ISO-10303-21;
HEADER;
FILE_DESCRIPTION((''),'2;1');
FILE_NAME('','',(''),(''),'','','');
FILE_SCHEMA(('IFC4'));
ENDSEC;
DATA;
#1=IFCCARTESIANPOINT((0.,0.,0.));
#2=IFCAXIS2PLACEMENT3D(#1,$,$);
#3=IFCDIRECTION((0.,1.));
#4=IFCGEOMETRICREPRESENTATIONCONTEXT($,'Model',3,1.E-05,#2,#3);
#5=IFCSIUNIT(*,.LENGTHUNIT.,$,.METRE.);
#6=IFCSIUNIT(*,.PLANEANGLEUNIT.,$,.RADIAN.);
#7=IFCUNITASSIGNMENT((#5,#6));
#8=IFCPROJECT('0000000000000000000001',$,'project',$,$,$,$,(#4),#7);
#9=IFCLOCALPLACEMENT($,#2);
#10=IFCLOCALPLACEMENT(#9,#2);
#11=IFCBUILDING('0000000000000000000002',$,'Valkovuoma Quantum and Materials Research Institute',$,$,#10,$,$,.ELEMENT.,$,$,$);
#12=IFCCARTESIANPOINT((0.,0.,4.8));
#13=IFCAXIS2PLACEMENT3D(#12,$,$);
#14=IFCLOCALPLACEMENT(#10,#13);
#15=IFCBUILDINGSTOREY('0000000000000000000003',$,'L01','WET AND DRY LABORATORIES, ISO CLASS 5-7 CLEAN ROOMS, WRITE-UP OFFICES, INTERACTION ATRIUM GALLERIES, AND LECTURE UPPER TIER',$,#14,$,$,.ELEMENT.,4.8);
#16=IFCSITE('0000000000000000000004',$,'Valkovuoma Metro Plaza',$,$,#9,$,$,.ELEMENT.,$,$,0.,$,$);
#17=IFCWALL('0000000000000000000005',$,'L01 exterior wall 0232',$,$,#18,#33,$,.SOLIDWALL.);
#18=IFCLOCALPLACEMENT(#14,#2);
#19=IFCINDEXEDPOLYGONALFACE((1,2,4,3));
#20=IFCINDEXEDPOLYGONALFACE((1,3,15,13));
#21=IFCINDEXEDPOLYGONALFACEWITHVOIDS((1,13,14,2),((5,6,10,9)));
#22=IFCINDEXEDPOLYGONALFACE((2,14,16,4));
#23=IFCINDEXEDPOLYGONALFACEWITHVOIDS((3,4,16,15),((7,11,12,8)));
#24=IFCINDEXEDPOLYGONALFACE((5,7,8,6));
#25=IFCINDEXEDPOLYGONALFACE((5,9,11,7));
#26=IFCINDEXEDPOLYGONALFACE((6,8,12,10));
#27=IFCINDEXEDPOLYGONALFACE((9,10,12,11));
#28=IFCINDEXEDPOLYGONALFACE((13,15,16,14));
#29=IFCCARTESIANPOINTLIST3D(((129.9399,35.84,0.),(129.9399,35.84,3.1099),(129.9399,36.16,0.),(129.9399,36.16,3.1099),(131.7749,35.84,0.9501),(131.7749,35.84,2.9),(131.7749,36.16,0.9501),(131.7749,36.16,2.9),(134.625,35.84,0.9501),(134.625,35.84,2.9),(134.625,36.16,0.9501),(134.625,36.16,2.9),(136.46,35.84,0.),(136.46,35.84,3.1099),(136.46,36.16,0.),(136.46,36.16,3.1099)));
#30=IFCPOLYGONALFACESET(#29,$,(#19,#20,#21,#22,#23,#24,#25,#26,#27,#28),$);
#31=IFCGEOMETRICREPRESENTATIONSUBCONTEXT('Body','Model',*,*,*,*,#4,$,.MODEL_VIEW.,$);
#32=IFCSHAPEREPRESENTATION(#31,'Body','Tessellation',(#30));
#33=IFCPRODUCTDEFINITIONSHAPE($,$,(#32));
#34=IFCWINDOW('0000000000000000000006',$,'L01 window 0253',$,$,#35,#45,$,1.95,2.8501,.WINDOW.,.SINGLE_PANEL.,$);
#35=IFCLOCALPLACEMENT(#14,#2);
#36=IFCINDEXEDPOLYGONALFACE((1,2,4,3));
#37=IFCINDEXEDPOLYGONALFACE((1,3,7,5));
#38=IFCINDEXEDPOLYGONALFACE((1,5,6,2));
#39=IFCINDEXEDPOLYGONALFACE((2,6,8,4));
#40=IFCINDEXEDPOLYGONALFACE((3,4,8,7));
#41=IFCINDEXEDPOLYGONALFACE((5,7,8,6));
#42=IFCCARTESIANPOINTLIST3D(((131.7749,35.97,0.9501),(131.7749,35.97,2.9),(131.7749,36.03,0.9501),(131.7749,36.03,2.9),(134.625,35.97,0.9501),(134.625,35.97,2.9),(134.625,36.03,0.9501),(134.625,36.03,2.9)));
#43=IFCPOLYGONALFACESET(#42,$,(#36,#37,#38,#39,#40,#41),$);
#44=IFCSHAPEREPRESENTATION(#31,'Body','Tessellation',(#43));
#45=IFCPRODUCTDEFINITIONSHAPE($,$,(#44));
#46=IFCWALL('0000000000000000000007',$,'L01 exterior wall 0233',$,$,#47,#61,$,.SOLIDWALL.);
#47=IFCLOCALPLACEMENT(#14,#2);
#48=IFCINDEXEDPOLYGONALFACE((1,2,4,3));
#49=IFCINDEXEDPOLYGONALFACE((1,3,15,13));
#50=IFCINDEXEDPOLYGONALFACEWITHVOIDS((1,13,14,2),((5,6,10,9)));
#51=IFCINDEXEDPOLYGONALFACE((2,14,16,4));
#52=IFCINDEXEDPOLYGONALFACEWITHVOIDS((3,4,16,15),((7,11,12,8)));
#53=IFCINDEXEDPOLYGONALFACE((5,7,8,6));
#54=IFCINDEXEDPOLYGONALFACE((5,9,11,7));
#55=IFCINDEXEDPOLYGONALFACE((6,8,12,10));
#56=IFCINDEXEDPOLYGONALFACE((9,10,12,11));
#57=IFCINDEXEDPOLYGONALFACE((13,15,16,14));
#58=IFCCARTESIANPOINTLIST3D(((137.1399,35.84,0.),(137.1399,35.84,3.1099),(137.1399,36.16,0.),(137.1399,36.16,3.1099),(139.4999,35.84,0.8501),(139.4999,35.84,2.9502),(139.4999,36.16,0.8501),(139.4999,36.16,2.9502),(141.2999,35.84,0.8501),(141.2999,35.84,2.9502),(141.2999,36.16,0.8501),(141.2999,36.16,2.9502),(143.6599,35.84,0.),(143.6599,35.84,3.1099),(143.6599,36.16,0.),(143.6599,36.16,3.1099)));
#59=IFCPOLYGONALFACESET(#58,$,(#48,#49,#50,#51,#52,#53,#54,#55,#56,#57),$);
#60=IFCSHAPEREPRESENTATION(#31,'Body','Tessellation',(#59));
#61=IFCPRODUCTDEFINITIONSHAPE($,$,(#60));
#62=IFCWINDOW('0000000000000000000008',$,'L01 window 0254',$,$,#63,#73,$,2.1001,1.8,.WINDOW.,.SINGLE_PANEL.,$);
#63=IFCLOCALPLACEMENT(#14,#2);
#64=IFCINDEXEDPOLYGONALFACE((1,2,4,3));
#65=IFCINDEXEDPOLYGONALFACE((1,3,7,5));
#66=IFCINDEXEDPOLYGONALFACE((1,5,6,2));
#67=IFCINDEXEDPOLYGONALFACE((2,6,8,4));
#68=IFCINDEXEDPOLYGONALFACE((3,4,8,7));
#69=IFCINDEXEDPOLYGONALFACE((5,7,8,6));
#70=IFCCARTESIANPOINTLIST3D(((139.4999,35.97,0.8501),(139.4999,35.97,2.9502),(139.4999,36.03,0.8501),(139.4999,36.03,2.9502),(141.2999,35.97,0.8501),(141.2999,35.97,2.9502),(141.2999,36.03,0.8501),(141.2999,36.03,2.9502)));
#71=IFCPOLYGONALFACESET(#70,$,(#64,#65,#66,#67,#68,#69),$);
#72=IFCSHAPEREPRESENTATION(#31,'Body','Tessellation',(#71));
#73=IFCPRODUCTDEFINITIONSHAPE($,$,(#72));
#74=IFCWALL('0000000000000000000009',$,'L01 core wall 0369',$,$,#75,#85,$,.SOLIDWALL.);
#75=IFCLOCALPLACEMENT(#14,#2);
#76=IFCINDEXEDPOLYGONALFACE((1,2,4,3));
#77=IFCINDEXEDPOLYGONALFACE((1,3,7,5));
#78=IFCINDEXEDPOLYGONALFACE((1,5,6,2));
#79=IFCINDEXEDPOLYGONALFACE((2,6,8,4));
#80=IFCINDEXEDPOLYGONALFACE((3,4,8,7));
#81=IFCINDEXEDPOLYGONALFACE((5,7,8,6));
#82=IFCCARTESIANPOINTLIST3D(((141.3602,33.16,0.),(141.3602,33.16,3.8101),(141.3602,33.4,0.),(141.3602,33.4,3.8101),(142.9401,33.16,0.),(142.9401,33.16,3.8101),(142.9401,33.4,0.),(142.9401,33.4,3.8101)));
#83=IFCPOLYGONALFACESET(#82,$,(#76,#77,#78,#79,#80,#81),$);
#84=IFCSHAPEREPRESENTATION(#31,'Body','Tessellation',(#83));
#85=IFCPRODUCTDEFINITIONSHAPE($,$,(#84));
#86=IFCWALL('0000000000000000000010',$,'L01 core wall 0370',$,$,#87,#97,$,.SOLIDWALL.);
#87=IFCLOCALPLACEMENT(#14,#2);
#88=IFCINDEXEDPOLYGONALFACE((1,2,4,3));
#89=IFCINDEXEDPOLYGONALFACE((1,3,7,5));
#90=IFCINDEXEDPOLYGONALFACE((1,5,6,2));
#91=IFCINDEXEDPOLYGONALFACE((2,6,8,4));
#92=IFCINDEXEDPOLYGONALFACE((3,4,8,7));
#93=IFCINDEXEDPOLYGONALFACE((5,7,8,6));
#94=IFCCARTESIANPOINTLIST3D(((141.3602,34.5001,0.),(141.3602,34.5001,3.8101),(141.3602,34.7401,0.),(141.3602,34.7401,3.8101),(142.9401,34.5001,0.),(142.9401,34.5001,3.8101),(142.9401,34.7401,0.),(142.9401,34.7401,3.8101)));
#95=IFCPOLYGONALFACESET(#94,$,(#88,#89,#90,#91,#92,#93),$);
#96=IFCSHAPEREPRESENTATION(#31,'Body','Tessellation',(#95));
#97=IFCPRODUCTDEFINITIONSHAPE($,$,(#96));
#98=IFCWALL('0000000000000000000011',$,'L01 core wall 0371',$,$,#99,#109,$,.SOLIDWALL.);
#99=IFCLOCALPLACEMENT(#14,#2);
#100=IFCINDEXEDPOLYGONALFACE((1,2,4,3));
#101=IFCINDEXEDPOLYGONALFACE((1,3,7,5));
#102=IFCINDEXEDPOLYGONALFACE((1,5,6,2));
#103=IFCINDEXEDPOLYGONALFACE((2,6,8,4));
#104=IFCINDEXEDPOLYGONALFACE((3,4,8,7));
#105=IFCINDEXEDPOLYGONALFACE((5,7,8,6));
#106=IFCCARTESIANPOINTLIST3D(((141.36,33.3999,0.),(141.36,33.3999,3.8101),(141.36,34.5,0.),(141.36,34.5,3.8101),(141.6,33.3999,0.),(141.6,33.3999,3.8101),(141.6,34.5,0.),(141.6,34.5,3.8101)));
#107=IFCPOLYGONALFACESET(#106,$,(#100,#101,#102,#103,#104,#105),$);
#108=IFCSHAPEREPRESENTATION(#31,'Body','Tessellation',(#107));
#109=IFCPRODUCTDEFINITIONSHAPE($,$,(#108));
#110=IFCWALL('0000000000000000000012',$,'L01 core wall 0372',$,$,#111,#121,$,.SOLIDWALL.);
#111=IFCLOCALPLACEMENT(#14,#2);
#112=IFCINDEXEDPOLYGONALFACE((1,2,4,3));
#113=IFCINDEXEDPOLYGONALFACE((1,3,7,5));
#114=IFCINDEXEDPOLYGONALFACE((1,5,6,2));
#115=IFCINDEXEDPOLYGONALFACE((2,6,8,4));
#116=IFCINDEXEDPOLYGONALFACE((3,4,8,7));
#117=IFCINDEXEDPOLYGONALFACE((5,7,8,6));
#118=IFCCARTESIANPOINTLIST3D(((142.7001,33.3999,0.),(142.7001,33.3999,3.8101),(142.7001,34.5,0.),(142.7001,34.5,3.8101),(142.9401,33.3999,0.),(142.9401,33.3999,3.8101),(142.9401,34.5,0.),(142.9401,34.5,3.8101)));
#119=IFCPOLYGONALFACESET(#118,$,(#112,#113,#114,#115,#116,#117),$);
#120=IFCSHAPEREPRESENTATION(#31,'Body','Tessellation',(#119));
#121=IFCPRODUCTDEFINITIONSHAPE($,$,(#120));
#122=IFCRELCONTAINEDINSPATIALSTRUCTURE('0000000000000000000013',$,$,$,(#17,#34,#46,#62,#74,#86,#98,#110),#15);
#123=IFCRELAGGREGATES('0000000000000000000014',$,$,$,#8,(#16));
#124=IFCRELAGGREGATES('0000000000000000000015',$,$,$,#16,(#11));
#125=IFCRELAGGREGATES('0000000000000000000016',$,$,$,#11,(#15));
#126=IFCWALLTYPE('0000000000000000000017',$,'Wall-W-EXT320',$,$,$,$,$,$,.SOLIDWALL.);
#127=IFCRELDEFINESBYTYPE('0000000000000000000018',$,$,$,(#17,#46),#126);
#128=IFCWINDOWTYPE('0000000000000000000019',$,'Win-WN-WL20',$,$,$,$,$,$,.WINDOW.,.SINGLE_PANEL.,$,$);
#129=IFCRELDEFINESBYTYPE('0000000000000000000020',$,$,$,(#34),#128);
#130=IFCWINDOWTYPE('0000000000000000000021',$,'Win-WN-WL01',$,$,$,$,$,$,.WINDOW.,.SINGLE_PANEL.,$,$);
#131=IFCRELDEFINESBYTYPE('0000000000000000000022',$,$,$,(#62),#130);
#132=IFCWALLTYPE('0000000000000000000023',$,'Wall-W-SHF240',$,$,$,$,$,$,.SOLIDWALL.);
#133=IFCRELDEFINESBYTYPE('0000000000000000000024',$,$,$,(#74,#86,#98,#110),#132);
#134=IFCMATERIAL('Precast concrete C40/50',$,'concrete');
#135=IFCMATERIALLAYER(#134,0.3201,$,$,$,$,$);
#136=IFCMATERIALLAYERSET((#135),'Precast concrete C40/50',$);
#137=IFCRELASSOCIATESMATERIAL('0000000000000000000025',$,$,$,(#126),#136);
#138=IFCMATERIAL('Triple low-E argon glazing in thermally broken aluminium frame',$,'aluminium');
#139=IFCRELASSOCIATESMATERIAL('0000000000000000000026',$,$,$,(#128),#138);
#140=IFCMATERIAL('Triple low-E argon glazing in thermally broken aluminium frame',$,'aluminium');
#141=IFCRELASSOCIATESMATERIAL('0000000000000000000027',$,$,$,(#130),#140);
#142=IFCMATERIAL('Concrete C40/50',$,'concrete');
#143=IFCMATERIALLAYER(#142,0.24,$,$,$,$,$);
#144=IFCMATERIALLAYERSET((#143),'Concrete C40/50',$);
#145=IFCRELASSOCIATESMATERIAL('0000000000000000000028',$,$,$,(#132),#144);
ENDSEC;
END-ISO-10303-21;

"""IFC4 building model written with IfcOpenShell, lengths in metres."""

from ifc_helpers import new_model, si_unit, direction, frame, frame_2d, origin, place, context, subcontext, project, spatial, rectangle, extrude, material, layer, layer_set, type_object, element, fill, save


model = new_model("IFC4")

# Units and contexts
model_context = context("Model", 3, precision=1e-05, world=origin(), true_north=direction((0.0, 1.0)))
body_context = subcontext(model_context, "Body", "Model", "MODEL_VIEW")
ifc_project = project(units=[si_unit("LENGTHUNIT", "METRE"), si_unit("PLANEANGLEUNIT", "RADIAN")], contexts=[model_context])

# Site, building, storey
site_placement = place(None, origin())
site = spatial("IfcSite", under=ifc_project, at=site_placement, Name="Valkovuoma Metro Plaza", CompositionType="ELEMENT", RefElevation=0.0)
building_placement = place(site_placement, origin())
building = spatial("IfcBuilding", under=site, at=building_placement, Name="Valkovuoma Quantum and Materials Research Institute", CompositionType="ELEMENT")
storey_placement = place(building_placement, frame((0.0, 0.0, 4.8)))
storey = spatial("IfcBuildingStorey", under=building, at=storey_placement, Name="L01", Description="WET AND DRY LABORATORIES, ISO CLASS 5-7 CLEAN ROOMS, WRITE-UP OFFICES, INTERACTION ATRIUM GALLERIES, AND LECTURE UPPER TIER", CompositionType="ELEMENT", Elevation=4.8)

# Walls, openings, windows
ifc_material_1 = material(Name="Precast concrete C40/50", Category="concrete")
ifc_layer_1 = layer(ifc_material_1, 0.3201)
ifc_layer_set_1 = layer_set([ifc_layer_1], Name="Precast concrete C40/50")
wall_type_1 = type_object("IfcWallType", Name="Wall-W-EXT320", PredefinedType="SOLIDWALL", material=ifc_layer_set_1)
wall_1_placement = place(storey_placement, frame((129.9399, 36.0, 0.0), z_axis=(0.0, 0.0, 1.0), x_axis=(1.0, 0.0, 0.0)))
wall_1 = element("IfcWall", 1, at=wall_1_placement, inside=storey, type_object=wall_type_1, Name="L01 exterior wall 0232", PredefinedType="SOLIDWALL", context=body_context, shape_type="SweptSolid", body=[
    extrude(rectangle(XDim=6.52, YDim=0.3201, at=frame_2d((3.26, 0.0))), origin(), (0.0, 0.0, 1.0), 3.1099),
])
opening_1_placement = place(wall_1_placement, frame((1.835, 0.0, 0.95)))
opening_1 = element("IfcOpeningElement", 2, at=opening_1_placement, cuts=wall_1, PredefinedType="OPENING", context=body_context, shape_type="SweptSolid", body=[
    extrude(rectangle(XDim=2.8501, YDim=1.95, at=frame_2d((1.425, 0.9751))), frame((0.0, 0.1699, 0.0), z_axis=(0.0, -1.0, 0.0), x_axis=(1.0, 0.0, 0.0)), (0.0, 0.0, 1.0), 0.3401),
])
ifc_material_2 = material(Name="Triple low-E argon glazing in thermally broken aluminium frame", Category="aluminium")
window_type_1 = type_object("IfcWindowType", Name="Win-WN-WL20", PartitioningType="SINGLE_PANEL", PredefinedType="WINDOW", material=ifc_material_2)
window_1_placement = place(opening_1_placement, origin())
window_1 = element("IfcWindow", 3, at=window_1_placement, inside=storey, type_object=window_type_1, Name="L01 window 0253", OverallHeight=1.95, OverallWidth=2.8501, PartitioningType="SINGLE_PANEL", PredefinedType="WINDOW", context=body_context, shape_type="SweptSolid", body=[
    extrude(rectangle(XDim=2.8501, YDim=1.95, at=frame_2d((1.425, 0.9751))), frame((0.0, 0.03, 0.0), z_axis=(0.0, -1.0, 0.0), x_axis=(1.0, 0.0, 0.0)), (0.0, 0.0, 1.0), 0.0601),
])
fill(opening_1, window_1)
wall_2_placement = place(storey_placement, frame((137.1399, 36.0, 0.0), z_axis=(0.0, 0.0, 1.0), x_axis=(1.0, 0.0, 0.0)))
wall_2 = element("IfcWall", 4, at=wall_2_placement, inside=storey, type_object=wall_type_1, Name="L01 exterior wall 0233", PredefinedType="SOLIDWALL", context=body_context, shape_type="SweptSolid", body=[
    extrude(rectangle(XDim=6.52, YDim=0.3201, at=frame_2d((3.26, 0.0))), origin(), (0.0, 0.0, 1.0), 3.1099),
])
opening_2_placement = place(wall_2_placement, frame((2.3601, 0.0, 0.8501)))
opening_2 = element("IfcOpeningElement", 5, at=opening_2_placement, cuts=wall_2, PredefinedType="OPENING", context=body_context, shape_type="SweptSolid", body=[
    extrude(rectangle(XDim=1.8, YDim=2.1001, at=frame_2d((0.8999, 1.05))), frame((0.0, 0.1699, 0.0), z_axis=(0.0, -1.0, 0.0), x_axis=(1.0, 0.0, 0.0)), (0.0, 0.0, 1.0), 0.3401),
])
ifc_material_3 = material(Name="Triple low-E argon glazing in thermally broken aluminium frame", Category="aluminium")
window_type_2 = type_object("IfcWindowType", Name="Win-WN-WL01", PartitioningType="SINGLE_PANEL", PredefinedType="WINDOW", material=ifc_material_3)
window_2_placement = place(opening_2_placement, origin())
window_2 = element("IfcWindow", 6, at=window_2_placement, inside=storey, type_object=window_type_2, Name="L01 window 0254", OverallHeight=2.1001, OverallWidth=1.8, PartitioningType="SINGLE_PANEL", PredefinedType="WINDOW", context=body_context, shape_type="SweptSolid", body=[
    extrude(rectangle(XDim=1.8, YDim=2.1001, at=frame_2d((0.8999, 1.05))), frame((0.0, 0.03, 0.0), z_axis=(0.0, -1.0, 0.0), x_axis=(1.0, 0.0, 0.0)), (0.0, 0.0, 1.0), 0.0601),
])
fill(opening_2, window_2)

# Walls
ifc_material_4 = material(Name="Concrete C40/50", Category="concrete")
ifc_layer_2 = layer(ifc_material_4, 0.24)
ifc_layer_set_2 = layer_set([ifc_layer_2], Name="Concrete C40/50")
wall_type_2 = type_object("IfcWallType", Name="Wall-W-SHF240", PredefinedType="SOLIDWALL", material=ifc_layer_set_2)
for number, where, z_axis, x_axis, name in (
    (7, (141.3601, 33.28, 0.0), (0.0, 0.0, 1.0), (1.0, 0.0, 0.0), "L01 core wall 0369"),
    (8, (141.3601, 34.6201, 0.0), (0.0, 0.0, 1.0), (1.0, 0.0, 0.0), "L01 core wall 0370"),
):
    element("IfcWall", number, at=place(storey_placement, frame(where, z_axis=z_axis, x_axis=x_axis)), inside=storey, type_object=wall_type_2, Name=name, PredefinedType="SOLIDWALL", context=body_context, shape_type="SweptSolid", body=[
        extrude(rectangle(XDim=1.5798, YDim=0.24, at=frame_2d((0.79, 0.0))), origin(), (0.0, 0.0, 1.0), 3.8101),
    ])
for number, where, z_axis, x_axis, name in (
    (9, (141.48, 33.3999, 0.0), (0.0, 0.0, 1.0), (0.0, 1.0, 0.0), "L01 core wall 0371"),
    (10, (142.8201, 33.3999, 0.0), (0.0, 0.0, 1.0), (0.0, 1.0, 0.0), "L01 core wall 0372"),
):
    element("IfcWall", number, at=place(storey_placement, frame(where, z_axis=z_axis, x_axis=x_axis)), inside=storey, type_object=wall_type_2, Name=name, PredefinedType="SOLIDWALL", context=body_context, shape_type="SweptSolid", body=[
        extrude(rectangle(XDim=1.1001, YDim=0.24, at=frame_2d((0.55, 0.0))), origin(), (0.0, 0.0, 1.0), 3.8101),
    ])

save(model, "model.ifc")
